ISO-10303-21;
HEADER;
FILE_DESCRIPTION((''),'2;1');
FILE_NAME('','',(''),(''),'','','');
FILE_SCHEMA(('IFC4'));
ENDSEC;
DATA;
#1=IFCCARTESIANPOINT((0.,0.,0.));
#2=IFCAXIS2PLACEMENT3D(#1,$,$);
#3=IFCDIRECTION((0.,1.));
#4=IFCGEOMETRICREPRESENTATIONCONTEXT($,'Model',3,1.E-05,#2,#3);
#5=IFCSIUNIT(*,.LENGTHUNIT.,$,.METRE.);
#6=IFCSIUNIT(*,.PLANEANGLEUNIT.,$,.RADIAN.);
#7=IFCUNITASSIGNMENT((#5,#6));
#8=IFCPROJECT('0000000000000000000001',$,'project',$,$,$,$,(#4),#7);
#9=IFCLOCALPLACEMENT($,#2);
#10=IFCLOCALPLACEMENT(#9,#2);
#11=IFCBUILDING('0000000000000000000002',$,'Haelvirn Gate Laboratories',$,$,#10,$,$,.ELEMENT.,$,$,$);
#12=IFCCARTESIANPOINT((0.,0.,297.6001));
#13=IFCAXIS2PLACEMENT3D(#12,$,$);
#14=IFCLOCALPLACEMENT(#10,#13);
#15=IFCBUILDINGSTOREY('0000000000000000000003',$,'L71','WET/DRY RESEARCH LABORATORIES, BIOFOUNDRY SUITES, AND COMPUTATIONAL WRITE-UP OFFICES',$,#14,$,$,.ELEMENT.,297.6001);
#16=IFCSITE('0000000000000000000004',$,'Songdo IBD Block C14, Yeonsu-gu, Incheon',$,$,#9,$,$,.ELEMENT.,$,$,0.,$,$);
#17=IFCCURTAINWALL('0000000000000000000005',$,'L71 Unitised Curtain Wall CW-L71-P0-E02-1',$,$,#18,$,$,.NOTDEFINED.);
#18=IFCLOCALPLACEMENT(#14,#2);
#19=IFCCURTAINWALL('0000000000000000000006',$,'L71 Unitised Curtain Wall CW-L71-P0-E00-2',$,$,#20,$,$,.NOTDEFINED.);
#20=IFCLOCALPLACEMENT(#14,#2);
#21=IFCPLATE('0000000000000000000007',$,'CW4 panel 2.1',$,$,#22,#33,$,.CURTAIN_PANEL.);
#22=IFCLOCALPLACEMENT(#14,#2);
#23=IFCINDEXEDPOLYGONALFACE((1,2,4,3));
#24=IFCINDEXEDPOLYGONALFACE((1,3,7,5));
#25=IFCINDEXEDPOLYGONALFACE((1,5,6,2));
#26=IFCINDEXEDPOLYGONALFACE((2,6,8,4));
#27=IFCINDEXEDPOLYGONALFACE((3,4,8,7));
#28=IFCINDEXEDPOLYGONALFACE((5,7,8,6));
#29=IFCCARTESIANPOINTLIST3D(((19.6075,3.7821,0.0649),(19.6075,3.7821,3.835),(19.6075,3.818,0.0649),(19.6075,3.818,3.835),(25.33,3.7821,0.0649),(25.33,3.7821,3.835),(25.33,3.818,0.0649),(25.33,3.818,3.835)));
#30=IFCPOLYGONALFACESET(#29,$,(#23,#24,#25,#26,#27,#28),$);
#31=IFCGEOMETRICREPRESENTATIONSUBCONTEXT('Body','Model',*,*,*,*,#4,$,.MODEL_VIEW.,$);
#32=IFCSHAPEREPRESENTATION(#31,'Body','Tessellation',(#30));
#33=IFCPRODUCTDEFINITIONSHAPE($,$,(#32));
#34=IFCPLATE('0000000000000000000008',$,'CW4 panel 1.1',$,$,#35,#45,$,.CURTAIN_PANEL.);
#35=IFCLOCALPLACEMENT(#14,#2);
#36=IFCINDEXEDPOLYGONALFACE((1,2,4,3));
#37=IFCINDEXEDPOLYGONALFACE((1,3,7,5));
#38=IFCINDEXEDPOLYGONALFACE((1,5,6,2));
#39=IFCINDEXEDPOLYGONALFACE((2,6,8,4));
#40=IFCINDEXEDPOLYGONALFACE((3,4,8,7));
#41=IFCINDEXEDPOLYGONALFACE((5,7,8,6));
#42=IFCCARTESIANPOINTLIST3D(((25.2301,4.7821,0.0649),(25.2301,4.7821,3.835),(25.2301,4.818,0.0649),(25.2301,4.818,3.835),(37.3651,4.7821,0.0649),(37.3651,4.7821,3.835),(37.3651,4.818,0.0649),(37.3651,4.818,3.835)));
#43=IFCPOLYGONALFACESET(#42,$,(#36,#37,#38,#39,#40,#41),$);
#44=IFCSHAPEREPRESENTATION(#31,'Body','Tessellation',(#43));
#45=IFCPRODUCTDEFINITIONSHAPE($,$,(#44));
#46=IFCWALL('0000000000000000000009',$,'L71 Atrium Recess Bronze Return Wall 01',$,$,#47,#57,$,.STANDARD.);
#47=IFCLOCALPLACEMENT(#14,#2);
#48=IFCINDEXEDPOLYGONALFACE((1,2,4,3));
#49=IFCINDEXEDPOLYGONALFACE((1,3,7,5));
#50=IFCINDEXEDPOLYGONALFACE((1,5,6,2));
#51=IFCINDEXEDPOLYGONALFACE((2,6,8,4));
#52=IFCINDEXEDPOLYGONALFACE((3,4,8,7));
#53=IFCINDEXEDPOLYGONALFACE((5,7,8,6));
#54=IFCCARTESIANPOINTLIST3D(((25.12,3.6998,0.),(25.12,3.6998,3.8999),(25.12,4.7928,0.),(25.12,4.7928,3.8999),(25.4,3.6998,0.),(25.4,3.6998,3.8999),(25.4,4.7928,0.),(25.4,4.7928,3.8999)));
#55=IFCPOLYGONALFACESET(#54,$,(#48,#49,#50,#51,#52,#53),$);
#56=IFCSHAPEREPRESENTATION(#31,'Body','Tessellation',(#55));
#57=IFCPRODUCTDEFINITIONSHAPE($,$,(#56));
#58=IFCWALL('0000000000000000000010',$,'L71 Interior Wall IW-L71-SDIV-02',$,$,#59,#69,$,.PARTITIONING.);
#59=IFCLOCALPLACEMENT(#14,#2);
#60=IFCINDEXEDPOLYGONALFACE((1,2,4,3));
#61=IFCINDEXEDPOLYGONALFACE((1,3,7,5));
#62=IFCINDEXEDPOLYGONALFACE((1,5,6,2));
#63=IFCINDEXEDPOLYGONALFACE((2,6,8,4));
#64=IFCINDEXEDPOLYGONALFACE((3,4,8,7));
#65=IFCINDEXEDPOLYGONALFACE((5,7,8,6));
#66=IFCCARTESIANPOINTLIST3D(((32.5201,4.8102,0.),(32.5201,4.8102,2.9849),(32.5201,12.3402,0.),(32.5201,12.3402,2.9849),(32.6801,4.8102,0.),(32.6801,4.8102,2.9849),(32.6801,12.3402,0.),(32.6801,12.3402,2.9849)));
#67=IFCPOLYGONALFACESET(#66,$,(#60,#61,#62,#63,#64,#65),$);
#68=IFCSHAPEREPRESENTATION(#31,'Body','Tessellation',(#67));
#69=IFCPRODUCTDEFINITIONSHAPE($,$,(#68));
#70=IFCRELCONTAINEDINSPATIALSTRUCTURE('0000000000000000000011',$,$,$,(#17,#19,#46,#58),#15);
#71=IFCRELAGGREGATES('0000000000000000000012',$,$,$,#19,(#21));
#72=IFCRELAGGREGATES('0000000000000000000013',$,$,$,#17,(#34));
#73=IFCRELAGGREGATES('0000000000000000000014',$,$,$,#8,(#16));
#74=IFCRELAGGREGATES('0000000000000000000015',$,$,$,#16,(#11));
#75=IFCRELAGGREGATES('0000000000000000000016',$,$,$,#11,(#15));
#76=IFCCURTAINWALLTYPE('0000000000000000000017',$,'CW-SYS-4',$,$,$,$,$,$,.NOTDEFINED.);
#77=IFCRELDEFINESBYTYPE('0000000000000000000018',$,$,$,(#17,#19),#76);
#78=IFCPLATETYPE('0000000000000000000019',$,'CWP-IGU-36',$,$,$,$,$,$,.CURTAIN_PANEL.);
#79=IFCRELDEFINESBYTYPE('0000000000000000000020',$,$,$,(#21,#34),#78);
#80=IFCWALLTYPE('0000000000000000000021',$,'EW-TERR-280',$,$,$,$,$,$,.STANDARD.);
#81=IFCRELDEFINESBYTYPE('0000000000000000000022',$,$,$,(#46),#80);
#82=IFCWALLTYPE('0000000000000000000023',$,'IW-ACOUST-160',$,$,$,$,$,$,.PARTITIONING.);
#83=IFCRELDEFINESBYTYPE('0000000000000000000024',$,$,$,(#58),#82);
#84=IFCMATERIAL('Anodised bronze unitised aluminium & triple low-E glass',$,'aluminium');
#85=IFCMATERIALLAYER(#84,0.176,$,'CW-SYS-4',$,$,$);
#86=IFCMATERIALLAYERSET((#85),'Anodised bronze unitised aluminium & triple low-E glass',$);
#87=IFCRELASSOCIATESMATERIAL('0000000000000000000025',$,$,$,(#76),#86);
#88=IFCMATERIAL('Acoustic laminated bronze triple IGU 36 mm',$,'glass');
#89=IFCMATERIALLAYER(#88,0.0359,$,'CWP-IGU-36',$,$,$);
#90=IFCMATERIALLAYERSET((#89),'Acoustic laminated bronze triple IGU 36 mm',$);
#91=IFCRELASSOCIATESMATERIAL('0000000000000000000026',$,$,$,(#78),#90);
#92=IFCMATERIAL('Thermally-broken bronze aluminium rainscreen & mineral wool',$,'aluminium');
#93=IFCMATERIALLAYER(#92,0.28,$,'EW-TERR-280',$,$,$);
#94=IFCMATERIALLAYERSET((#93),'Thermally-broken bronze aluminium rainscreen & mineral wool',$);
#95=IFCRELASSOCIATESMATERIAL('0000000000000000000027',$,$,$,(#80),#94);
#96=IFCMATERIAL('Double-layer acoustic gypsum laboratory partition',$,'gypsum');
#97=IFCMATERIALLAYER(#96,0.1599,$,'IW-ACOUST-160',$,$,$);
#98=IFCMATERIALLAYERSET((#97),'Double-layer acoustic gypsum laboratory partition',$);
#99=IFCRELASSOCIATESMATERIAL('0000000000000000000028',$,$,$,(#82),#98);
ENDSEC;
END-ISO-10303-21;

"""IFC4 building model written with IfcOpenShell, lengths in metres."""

from ifc_helpers import new_model, si_unit, direction, frame, frame_2d, origin, origin_2d, place, context, subcontext, project, spatial, rectangle, extrude, source, transform, mapped, material, layer, layer_set, type_object, type_shapes, element, aggregate, save


model = new_model("IFC4")

# Units and contexts
model_context = context("Model", 3, precision=1e-05, world=origin(), true_north=direction((0.0, 1.0)))
body_context = subcontext(model_context, "Body", "Model", "MODEL_VIEW")
ifc_project = project(units=[si_unit("LENGTHUNIT", "METRE"), si_unit("PLANEANGLEUNIT", "RADIAN")], contexts=[model_context])

# Site, building, storey
site_placement = place(None, origin())
site = spatial("IfcSite", under=ifc_project, at=site_placement, Name="Songdo IBD Block C14, Yeonsu-gu, Incheon", CompositionType="ELEMENT", RefElevation=0.0)
building_placement = place(site_placement, origin())
building = spatial("IfcBuilding", under=site, at=building_placement, Name="Haelvirn Gate Laboratories", CompositionType="ELEMENT")
storey_placement = place(building_placement, frame((0.0, 0.0, 297.6001)))
storey = spatial("IfcBuildingStorey", under=building, at=storey_placement, Name="L71", Description="WET/DRY RESEARCH LABORATORIES, BIOFOUNDRY SUITES, AND COMPUTATIONAL WRITE-UP OFFICES", CompositionType="ELEMENT", Elevation=297.6001)

# Curtain walls
ifc_material_1 = material(Name="Anodised bronze unitised aluminium & triple low-E glass", Category="aluminium")
ifc_layer_1 = layer(ifc_material_1, 0.176, Name="CW-SYS-4")
ifc_layer_set_1 = layer_set([ifc_layer_1], Name="Anodised bronze unitised aluminium & triple low-E glass")
curtain_wall_type = type_object("IfcCurtainWallType", Name="CW-SYS-4", PredefinedType="NOTDEFINED", material=ifc_layer_set_1)
curtain_wall_1_placement = place(storey_placement, origin())
curtain_wall_1 = element("IfcCurtainWall", 1, at=curtain_wall_1_placement, inside=storey, type_object=curtain_wall_type, Name="L71 Unitised Curtain Wall CW-L71-P0-E02-1", PredefinedType="NOTDEFINED")
curtain_wall_2_placement = place(storey_placement, origin())
curtain_wall_2 = element("IfcCurtainWall", 2, at=curtain_wall_2_placement, inside=storey, type_object=curtain_wall_type, Name="L71 Unitised Curtain Wall CW-L71-P0-E00-2", PredefinedType="NOTDEFINED")

# Plates
ifc_material_2 = material(Name="Acoustic laminated bronze triple IGU 36 mm", Category="glass")
ifc_layer_2 = layer(ifc_material_2, 0.0359, Name="CWP-IGU-36")
ifc_layer_set_2 = layer_set([ifc_layer_2], Name="Acoustic laminated bronze triple IGU 36 mm")
plate_type = type_object("IfcPlateType", Name="CWP-IGU-36", PredefinedType="CURTAIN_PANEL", material=ifc_layer_set_2)
shared_shape_1 = source(origin(), body_context, "Body", "SweptSolid", [
    extrude(rectangle(XDim=5.7224, YDim=0.0359, at=origin_2d()), origin(), (0.0, 0.0, 1.0), 3.77),
])
plate_1_placement = place(storey_placement, frame((22.4688, 3.8, 0.0649), z_axis=(0.0, 0.0, 1.0), x_axis=(1.0, 0.0, 0.0)))
plate_1 = element("IfcPlate", 3, at=plate_1_placement, type_object=plate_type, Name="CW4 panel 2.1", PredefinedType="CURTAIN_PANEL", context=body_context, shape_type="MappedRepresentation", body=[
    mapped(shared_shape_1, transform((0.0, 0.0, 0.0), scale=1.0)),
])
aggregate(curtain_wall_2, [plate_1])
shared_shape_2 = source(origin(), body_context, "Body", "SweptSolid", [
    extrude(rectangle(XDim=12.135, YDim=0.0359, at=origin_2d()), origin(), (0.0, 0.0, 1.0), 3.77),
])
type_shapes(plate_type, [shared_shape_1, shared_shape_2])
plate_2_placement = place(storey_placement, frame((31.2976, 4.8, 0.0649), z_axis=(0.0, 0.0, 1.0), x_axis=(1.0, 0.0, 0.0)))
plate_2 = element("IfcPlate", 4, at=plate_2_placement, type_object=plate_type, Name="CW4 panel 1.1", PredefinedType="CURTAIN_PANEL", context=body_context, shape_type="MappedRepresentation", body=[
    mapped(shared_shape_2, transform((0.0, 0.0, 0.0), scale=1.0)),
])
aggregate(curtain_wall_1, [plate_2])

# Walls
ifc_material_3 = material(Name="Thermally-broken bronze aluminium rainscreen & mineral wool", Category="aluminium")
ifc_layer_3 = layer(ifc_material_3, 0.28, Name="EW-TERR-280")
ifc_layer_set_3 = layer_set([ifc_layer_3], Name="Thermally-broken bronze aluminium rainscreen & mineral wool")
wall_type_1 = type_object("IfcWallType", Name="EW-TERR-280", PredefinedType="STANDARD", material=ifc_layer_set_3)
wall_1_placement = place(storey_placement, frame((25.26, 3.7, 0.0), z_axis=(0.0, 0.0, 1.0), x_axis=(0.0, 1.0, 0.0)))
element("IfcWall", 5, at=wall_1_placement, inside=storey, type_object=wall_type_1, Name="L71 Atrium Recess Bronze Return Wall 01", PredefinedType="STANDARD", context=body_context, shape_type="SweptSolid", body=[
    extrude(rectangle(XDim=1.093, YDim=0.28, at=frame_2d((0.5464, 0.0))), origin(), (0.0, 0.0, 1.0), 3.8999),
])
ifc_material_4 = material(Name="Double-layer acoustic gypsum laboratory partition", Category="gypsum")
ifc_layer_4 = layer(ifc_material_4, 0.1599, Name="IW-ACOUST-160")
ifc_layer_set_4 = layer_set([ifc_layer_4], Name="Double-layer acoustic gypsum laboratory partition")
wall_type_2 = type_object("IfcWallType", Name="IW-ACOUST-160", PredefinedType="PARTITIONING", material=ifc_layer_set_4)
wall_2_placement = place(storey_placement, frame((32.6001, 4.8101, 0.0), z_axis=(0.0, 0.0, 1.0), x_axis=(0.0, 1.0, 0.0)))
element("IfcWall", 6, at=wall_2_placement, inside=storey, type_object=wall_type_2, Name="L71 Interior Wall IW-L71-SDIV-02", PredefinedType="PARTITIONING", context=body_context, shape_type="SweptSolid", body=[
    extrude(rectangle(XDim=7.53, YDim=0.1599, at=frame_2d((3.7651, 0.0))), origin(), (0.0, 0.0, 1.0), 2.9849),
])

save(model, "model.ifc")
